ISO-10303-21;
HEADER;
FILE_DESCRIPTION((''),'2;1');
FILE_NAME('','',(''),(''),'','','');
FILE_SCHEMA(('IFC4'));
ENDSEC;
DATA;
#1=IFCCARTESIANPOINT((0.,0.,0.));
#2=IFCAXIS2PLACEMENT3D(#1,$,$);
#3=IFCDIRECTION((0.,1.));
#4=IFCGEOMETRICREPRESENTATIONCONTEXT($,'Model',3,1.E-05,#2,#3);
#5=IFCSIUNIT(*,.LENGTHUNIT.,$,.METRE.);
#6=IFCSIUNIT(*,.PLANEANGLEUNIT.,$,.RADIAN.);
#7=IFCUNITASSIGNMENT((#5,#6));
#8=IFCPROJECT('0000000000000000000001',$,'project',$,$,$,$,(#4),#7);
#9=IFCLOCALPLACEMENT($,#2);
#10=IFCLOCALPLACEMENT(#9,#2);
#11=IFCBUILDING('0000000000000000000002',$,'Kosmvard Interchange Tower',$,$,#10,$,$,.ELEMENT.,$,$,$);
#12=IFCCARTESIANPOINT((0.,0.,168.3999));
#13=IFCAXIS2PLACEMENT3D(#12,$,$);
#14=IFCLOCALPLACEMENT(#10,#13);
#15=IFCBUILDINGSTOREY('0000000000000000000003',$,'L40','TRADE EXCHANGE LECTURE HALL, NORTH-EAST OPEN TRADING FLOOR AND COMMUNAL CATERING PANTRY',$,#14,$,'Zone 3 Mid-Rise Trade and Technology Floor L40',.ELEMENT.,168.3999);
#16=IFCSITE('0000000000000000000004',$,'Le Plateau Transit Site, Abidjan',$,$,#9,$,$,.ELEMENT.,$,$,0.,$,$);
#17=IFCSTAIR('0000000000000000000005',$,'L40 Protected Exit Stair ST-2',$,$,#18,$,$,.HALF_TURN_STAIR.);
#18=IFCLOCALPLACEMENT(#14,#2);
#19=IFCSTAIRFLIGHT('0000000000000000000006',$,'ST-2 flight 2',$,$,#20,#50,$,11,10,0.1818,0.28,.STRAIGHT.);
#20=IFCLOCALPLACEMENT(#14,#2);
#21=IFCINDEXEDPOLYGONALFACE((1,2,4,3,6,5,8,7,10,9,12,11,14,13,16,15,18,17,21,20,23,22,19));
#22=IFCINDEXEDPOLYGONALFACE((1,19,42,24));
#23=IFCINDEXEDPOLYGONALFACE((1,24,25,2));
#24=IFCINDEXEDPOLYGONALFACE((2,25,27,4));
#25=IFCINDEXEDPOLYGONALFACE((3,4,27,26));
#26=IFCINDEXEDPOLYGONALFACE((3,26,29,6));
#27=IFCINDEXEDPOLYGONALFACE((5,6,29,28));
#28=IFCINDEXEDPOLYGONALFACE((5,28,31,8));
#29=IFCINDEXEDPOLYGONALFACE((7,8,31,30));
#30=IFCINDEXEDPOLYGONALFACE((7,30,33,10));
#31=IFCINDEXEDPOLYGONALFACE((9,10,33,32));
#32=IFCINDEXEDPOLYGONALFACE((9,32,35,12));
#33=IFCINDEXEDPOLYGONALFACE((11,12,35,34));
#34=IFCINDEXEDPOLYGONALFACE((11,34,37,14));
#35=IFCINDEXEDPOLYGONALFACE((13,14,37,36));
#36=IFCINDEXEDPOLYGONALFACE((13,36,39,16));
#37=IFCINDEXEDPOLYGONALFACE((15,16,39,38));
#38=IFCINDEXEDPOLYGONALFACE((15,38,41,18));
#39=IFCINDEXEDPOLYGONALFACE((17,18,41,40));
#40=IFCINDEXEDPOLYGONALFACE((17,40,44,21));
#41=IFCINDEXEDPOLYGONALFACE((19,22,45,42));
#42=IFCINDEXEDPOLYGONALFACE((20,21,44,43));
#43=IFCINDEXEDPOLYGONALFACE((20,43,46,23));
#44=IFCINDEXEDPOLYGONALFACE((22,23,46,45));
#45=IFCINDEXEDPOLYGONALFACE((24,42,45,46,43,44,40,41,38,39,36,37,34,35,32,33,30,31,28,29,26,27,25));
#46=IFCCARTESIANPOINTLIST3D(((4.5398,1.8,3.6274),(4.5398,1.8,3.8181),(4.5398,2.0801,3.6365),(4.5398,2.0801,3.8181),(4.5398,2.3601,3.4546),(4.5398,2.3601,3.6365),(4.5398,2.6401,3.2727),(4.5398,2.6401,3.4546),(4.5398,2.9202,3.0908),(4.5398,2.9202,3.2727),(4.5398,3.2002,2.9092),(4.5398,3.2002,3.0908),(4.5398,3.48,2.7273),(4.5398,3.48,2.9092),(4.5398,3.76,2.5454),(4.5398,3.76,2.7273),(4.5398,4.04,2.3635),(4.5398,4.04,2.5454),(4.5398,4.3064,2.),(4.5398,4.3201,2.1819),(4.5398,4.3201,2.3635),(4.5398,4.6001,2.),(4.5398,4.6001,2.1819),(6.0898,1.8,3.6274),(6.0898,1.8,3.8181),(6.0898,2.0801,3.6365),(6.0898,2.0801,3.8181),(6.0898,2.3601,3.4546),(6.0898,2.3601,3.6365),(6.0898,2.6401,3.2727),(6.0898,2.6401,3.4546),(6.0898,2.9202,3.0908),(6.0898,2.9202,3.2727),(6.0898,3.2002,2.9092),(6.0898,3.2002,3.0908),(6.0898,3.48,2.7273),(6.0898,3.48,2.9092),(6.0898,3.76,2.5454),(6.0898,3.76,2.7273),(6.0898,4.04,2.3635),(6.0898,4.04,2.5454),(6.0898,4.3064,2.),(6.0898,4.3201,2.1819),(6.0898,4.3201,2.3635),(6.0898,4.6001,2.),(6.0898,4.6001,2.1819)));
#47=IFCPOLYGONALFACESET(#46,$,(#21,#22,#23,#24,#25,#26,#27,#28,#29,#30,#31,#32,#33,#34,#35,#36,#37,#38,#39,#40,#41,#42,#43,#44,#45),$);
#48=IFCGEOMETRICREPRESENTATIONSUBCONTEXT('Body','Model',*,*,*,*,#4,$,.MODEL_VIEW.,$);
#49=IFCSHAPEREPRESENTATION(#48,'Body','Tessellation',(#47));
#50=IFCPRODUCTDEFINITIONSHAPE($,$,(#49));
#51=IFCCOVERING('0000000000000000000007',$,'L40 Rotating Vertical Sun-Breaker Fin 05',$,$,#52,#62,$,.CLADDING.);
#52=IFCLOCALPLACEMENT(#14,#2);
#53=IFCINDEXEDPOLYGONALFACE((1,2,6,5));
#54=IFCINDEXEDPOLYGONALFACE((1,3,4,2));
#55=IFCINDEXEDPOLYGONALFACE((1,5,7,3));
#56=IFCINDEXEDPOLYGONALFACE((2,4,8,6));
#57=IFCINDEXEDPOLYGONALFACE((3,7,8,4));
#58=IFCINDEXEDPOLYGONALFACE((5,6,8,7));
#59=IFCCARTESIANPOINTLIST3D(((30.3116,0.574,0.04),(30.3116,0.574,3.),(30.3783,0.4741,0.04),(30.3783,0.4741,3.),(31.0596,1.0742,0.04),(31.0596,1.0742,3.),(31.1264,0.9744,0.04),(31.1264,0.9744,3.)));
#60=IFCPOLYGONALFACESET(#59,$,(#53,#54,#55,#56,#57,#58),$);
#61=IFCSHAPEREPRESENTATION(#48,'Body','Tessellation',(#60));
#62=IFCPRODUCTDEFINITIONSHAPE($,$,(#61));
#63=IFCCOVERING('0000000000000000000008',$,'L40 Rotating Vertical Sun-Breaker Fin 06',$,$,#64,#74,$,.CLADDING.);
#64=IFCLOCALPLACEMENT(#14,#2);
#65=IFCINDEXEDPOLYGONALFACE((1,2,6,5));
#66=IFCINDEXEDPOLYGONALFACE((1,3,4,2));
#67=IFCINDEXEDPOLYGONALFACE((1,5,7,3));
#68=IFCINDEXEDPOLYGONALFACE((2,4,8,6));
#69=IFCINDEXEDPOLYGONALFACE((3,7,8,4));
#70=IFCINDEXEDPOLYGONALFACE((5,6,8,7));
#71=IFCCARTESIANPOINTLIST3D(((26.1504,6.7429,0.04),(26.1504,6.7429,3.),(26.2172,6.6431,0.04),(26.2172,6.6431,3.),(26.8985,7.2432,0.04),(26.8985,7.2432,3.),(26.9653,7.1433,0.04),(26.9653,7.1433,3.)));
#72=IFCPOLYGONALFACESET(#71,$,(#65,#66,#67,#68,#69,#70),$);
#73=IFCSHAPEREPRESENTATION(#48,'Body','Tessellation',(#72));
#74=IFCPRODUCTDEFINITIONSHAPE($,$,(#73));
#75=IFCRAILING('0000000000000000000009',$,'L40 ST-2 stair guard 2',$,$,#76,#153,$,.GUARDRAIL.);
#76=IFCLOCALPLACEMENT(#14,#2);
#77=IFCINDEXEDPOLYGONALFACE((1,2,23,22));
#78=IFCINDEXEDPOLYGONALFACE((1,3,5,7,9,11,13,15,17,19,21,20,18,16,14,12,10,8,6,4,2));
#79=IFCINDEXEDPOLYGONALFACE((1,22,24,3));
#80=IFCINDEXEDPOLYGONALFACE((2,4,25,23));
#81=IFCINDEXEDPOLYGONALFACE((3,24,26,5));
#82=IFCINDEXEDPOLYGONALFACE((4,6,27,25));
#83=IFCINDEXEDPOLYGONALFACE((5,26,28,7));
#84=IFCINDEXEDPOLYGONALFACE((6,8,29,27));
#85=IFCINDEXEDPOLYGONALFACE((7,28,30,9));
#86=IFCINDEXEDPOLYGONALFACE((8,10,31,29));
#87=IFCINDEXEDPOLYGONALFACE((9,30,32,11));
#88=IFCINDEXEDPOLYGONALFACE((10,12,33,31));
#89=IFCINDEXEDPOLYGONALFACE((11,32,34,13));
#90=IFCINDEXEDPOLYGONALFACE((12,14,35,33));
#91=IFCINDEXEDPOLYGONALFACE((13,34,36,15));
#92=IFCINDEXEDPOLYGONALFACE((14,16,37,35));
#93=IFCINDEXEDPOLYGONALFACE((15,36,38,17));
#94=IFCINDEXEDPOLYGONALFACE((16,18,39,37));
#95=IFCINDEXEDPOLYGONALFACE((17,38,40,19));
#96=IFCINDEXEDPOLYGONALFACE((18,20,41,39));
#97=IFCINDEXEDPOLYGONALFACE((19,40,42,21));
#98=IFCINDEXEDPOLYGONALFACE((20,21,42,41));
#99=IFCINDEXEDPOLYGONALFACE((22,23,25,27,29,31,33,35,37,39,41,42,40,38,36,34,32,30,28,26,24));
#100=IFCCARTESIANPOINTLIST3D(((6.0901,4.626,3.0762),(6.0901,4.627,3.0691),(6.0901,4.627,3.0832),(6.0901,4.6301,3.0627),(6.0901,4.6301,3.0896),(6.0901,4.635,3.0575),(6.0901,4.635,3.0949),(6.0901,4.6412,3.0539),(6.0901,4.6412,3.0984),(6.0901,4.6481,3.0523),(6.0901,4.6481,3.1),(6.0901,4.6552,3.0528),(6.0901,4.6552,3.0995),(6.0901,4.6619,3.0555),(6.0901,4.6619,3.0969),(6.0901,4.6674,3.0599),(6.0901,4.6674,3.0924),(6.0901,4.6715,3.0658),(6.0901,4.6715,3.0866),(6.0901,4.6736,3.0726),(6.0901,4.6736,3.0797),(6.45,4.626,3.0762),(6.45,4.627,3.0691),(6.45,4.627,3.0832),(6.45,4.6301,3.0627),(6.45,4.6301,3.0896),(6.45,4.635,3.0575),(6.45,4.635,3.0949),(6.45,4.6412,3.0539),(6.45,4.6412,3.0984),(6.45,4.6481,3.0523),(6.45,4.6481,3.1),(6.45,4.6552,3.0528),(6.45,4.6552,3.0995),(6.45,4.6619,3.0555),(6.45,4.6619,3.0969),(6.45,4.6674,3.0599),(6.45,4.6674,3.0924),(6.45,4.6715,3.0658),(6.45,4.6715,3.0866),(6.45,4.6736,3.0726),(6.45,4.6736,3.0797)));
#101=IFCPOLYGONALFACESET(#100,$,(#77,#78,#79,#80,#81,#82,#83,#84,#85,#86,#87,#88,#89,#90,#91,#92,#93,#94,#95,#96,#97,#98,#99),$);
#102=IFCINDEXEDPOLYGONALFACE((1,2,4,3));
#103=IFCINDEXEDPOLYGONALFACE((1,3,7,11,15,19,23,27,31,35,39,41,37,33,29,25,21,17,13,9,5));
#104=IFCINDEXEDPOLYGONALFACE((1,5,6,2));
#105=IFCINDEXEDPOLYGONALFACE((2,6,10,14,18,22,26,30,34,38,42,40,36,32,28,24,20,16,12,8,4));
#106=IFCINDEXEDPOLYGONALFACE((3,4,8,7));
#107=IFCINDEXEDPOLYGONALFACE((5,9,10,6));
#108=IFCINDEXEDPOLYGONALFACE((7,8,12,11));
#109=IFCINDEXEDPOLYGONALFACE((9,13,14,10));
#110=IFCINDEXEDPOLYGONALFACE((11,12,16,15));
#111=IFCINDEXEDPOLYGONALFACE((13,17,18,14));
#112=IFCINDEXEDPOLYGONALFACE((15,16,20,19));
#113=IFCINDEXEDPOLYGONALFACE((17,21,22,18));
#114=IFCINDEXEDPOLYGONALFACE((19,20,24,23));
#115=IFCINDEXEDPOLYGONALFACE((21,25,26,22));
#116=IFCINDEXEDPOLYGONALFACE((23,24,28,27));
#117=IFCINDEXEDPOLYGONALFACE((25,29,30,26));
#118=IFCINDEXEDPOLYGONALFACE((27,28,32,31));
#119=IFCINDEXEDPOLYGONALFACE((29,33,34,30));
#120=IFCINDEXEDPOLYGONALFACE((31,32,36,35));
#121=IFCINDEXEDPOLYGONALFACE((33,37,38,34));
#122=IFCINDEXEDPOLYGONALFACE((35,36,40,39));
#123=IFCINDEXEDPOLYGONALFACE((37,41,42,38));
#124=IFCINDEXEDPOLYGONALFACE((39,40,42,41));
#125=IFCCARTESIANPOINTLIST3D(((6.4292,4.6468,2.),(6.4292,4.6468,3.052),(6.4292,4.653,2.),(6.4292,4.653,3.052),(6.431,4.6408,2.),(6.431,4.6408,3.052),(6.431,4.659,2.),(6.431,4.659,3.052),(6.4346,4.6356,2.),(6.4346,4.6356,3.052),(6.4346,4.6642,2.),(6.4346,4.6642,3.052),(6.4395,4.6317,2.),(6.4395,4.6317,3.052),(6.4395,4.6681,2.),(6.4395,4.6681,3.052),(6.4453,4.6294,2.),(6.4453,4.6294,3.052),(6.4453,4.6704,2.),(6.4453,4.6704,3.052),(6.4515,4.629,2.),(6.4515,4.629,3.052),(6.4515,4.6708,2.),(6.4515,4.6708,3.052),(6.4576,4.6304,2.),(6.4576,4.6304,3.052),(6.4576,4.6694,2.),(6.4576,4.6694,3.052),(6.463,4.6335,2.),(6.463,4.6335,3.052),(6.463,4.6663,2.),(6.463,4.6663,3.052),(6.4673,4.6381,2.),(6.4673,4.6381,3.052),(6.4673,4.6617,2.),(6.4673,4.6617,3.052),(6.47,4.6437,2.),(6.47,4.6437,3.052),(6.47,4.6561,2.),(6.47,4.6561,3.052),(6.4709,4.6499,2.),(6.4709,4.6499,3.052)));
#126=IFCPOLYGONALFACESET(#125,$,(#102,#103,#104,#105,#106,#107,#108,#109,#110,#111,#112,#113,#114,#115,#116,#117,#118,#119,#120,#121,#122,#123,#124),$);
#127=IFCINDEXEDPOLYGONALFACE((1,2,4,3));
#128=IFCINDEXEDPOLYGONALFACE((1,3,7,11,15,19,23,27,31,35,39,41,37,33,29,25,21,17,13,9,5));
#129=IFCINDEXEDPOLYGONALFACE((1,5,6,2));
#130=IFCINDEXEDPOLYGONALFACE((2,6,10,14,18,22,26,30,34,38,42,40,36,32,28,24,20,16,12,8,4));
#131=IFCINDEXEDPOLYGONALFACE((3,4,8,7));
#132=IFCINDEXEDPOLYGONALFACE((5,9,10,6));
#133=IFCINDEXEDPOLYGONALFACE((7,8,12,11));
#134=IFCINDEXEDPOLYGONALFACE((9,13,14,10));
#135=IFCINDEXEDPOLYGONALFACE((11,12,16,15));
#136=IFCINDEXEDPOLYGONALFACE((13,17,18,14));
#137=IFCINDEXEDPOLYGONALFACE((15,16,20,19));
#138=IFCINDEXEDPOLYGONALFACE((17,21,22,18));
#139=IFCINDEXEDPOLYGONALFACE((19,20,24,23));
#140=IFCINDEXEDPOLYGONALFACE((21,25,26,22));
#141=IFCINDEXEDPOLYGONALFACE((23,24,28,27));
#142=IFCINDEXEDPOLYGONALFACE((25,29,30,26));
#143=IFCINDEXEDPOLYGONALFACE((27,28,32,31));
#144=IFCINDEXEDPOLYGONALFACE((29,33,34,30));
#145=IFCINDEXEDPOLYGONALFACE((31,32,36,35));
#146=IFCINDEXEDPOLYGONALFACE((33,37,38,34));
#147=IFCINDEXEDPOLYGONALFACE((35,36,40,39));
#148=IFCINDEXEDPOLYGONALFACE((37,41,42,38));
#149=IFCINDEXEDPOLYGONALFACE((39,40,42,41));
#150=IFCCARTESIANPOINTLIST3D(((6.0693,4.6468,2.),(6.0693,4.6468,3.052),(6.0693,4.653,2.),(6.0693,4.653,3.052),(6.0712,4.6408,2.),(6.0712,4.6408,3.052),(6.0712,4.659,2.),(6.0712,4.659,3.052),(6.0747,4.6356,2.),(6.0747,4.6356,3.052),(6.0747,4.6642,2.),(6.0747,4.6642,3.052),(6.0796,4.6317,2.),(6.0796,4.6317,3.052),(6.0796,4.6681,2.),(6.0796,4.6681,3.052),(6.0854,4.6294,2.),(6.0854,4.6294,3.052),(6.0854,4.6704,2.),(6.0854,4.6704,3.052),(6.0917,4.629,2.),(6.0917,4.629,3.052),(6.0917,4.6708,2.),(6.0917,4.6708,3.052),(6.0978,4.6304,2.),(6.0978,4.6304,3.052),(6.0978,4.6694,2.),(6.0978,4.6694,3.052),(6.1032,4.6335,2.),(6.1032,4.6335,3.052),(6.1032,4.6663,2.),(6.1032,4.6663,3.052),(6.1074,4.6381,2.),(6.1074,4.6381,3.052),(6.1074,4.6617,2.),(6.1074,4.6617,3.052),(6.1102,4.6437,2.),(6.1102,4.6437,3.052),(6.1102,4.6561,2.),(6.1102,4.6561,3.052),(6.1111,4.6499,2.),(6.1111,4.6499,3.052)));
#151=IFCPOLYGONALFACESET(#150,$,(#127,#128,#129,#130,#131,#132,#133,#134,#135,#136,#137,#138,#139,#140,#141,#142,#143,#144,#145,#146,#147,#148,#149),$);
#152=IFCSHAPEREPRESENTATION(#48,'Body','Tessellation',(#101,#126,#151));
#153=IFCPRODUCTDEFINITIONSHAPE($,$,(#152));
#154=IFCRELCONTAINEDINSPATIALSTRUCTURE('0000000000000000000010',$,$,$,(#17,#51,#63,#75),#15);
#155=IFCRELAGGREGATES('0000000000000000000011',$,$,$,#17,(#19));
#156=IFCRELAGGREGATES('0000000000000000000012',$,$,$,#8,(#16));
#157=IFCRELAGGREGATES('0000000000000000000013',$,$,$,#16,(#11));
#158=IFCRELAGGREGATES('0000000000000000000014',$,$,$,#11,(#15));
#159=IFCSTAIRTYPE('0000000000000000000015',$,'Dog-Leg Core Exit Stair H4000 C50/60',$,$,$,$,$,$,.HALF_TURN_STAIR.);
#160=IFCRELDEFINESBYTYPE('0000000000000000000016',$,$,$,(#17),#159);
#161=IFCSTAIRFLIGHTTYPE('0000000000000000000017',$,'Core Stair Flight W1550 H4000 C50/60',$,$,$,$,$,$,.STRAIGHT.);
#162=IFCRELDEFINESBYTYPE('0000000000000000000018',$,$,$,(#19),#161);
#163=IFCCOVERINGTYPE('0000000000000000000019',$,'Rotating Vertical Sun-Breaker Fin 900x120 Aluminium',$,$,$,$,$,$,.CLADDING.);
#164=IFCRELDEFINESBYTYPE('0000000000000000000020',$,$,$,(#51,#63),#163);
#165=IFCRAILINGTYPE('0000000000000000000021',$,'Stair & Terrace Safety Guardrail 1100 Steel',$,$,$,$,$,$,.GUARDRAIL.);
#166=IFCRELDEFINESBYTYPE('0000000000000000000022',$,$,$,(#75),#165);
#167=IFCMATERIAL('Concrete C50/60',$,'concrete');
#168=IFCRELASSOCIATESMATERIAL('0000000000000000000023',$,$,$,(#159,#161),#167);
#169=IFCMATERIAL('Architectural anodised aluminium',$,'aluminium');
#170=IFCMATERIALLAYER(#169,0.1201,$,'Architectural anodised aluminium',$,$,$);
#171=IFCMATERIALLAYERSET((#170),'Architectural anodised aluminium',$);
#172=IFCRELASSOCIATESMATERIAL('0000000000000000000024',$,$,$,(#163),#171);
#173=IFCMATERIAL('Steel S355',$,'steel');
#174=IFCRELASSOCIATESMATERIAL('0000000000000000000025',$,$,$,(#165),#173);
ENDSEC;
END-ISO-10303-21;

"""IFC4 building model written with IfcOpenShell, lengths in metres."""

from ifc_helpers import new_model, si_unit, direction, frame, origin, origin_2d, place, context, subcontext, project, spatial, polyline, rectangle, circle, outline, extrude, source, transform, mapped, material, layer, layer_set, type_object, element, aggregate, save


model = new_model("IFC4")

# Units and contexts
model_context = context("Model", 3, precision=1e-05, world=origin(), true_north=direction((0.0, 1.0)))
body_context = subcontext(model_context, "Body", "Model", "MODEL_VIEW")
ifc_project = project(units=[si_unit("LENGTHUNIT", "METRE"), si_unit("PLANEANGLEUNIT", "RADIAN")], contexts=[model_context])

# Site, building, storey
site_placement = place(None, origin())
site = spatial("IfcSite", under=ifc_project, at=site_placement, Name="Le Plateau Transit Site, Abidjan", CompositionType="ELEMENT", RefElevation=0.0)
building_placement = place(site_placement, origin())
building = spatial("IfcBuilding", under=site, at=building_placement, Name="Kosmvard Interchange Tower", CompositionType="ELEMENT")
storey_placement = place(building_placement, frame((0.0, 0.0, 168.3999)))
storey = spatial("IfcBuildingStorey", under=building, at=storey_placement, Name="L40", Description="TRADE EXCHANGE LECTURE HALL, NORTH-EAST OPEN TRADING FLOOR AND COMMUNAL CATERING PANTRY", LongName="Zone 3 Mid-Rise Trade and Technology Floor L40", CompositionType="ELEMENT", Elevation=168.3999)

# Shared definitions
ifc_material_1 = material(Name="Steel S355", Category="steel")

# Stair, stair flight
ifc_material_2 = material(Name="Concrete C50/60", Category="concrete")
stair_type = type_object("IfcStairType", Name="Dog-Leg Core Exit Stair H4000 C50/60", PredefinedType="HALF_TURN_STAIR", material=ifc_material_2)
stair_placement = place(storey_placement, origin())
stair = element("IfcStair", 1, at=stair_placement, inside=storey, type_object=stair_type, Name="L40 Protected Exit Stair ST-2", PredefinedType="HALF_TURN_STAIR")
stair_flight_type = type_object("IfcStairFlightType", Name="Core Stair Flight W1550 H4000 C50/60", PredefinedType="STRAIGHT", material=ifc_material_2)
shared_shape_1 = source(origin(), body_context, "Body", "SweptSolid", [
    extrude(outline(polyline([(0.0, 0.0), (0.0, 0.1819), (0.28, 0.1819), (0.28, 0.3635), (0.5601, 0.3635), (0.5601, 0.5454), (0.8401, 0.5454), (0.8401, 0.7273), (1.1201, 0.7273), (1.1201, 0.9092), (1.3999, 0.9092), (1.3999, 1.0908), (1.6799, 1.0908), (1.6799, 1.2727), (1.96, 1.2727), (1.96, 1.4546), (2.24, 1.4546), (2.24, 1.6365), (2.52, 1.6365), (2.52, 1.8181), (2.8, 1.8181), (2.8, 2.0), (2.8, 1.6274), (0.2937, 0.0), (0.0, 0.0)])), frame((0.0, 0.7749, 0.0), z_axis=(0.0, -1.0, 0.0), x_axis=(1.0, 0.0, 0.0)), (0.0, 0.0, 1.0), 1.55),
])
stair_flight_1_placement = place(storey_placement, frame((5.3149, 4.6001, 2.0), z_axis=(0.0, 0.0, 1.0), x_axis=(0.0, -1.0, 0.0)))
stair_flight_1 = element("IfcStairFlight", 2, at=stair_flight_1_placement, type_object=stair_flight_type, Name="ST-2 flight 2", NumberOfRisers=11, NumberOfTreads=10, PredefinedType="STRAIGHT", RiserHeight=0.1818, TreadLength=0.28, context=body_context, shape_type="MappedRepresentation", body=[
    mapped(shared_shape_1, transform((0.0, 0.0, 0.0), scale=1.0)),
])
aggregate(stair, [stair_flight_1])

# Coverings
ifc_material_3 = material(Name="Architectural anodised aluminium", Category="aluminium")
ifc_layer_1 = layer(ifc_material_3, 0.1201, Name="Architectural anodised aluminium")
ifc_layer_set_1 = layer_set([ifc_layer_1], Name="Architectural anodised aluminium")
covering_type = type_object("IfcCoveringType", Name="Rotating Vertical Sun-Breaker Fin 900x120 Aluminium", PredefinedType="CLADDING", material=ifc_layer_set_1)
shared_shape_2 = source(origin(), body_context, "Body", "SweptSolid", [
    extrude(rectangle(XDim=0.8999, YDim=0.1201, at=origin_2d()), origin(), (0.0, 0.0, 1.0), 2.96),
])
for number, where, z_axis, x_axis, name in (
    (3, (30.719, 0.7742, 0.04), (0.0, 0.0, 1.0), (0.831276, 0.55586, 0.0), "L40 Rotating Vertical Sun-Breaker Fin 05"),
    (4, (26.5579, 6.9431, 0.04), (0.0, 0.0, 1.0), (0.831276, 0.55586, 0.0), "L40 Rotating Vertical Sun-Breaker Fin 06"),
):
    element("IfcCovering", number, at=place(storey_placement, frame(where, z_axis=z_axis, x_axis=x_axis)), inside=storey, type_object=covering_type, Name=name, PredefinedType="CLADDING", context=body_context, shape_type="MappedRepresentation", body=[
        mapped(shared_shape_2, transform((0.0, 0.0, 0.0), scale=1.0)),
    ])

# Railing
railing_type_1 = type_object("IfcRailingType", Name="Stair & Terrace Safety Guardrail 1100 Steel", PredefinedType="GUARDRAIL", material=ifc_material_1)
shared_shape_3 = source(origin(), body_context, "Body", "SweptSolid", [
    extrude(circle(Radius=0.0239, at=origin_2d()), frame((0.0, 0.0, 1.0762), z_axis=(-1.0, 0.0, 0.0), x_axis=(0.0, -1.0, 0.0)), (0.0, 0.0, 1.0), 0.3599),
    extrude(circle(Radius=0.021, at=origin_2d()), origin(), (0.0, 0.0, 1.0), 1.052),
    extrude(circle(Radius=0.021, at=origin_2d()), frame((-0.3599, 0.0, 0.0)), (0.0, 0.0, 1.0), 1.052),
])
for number, where, name in (
    (5, (6.45, 4.6499, 2.0), "L40 ST-2 stair guard 2"),
):
    element("IfcRailing", number, at=place(storey_placement, frame(where)), inside=storey, type_object=railing_type_1, Name=name, PredefinedType="GUARDRAIL", context=body_context, shape_type="MappedRepresentation", body=[
        mapped(shared_shape_3, transform((0.0, 0.0, 0.0), scale=1.0)),
    ])

save(model, "model.ifc")
